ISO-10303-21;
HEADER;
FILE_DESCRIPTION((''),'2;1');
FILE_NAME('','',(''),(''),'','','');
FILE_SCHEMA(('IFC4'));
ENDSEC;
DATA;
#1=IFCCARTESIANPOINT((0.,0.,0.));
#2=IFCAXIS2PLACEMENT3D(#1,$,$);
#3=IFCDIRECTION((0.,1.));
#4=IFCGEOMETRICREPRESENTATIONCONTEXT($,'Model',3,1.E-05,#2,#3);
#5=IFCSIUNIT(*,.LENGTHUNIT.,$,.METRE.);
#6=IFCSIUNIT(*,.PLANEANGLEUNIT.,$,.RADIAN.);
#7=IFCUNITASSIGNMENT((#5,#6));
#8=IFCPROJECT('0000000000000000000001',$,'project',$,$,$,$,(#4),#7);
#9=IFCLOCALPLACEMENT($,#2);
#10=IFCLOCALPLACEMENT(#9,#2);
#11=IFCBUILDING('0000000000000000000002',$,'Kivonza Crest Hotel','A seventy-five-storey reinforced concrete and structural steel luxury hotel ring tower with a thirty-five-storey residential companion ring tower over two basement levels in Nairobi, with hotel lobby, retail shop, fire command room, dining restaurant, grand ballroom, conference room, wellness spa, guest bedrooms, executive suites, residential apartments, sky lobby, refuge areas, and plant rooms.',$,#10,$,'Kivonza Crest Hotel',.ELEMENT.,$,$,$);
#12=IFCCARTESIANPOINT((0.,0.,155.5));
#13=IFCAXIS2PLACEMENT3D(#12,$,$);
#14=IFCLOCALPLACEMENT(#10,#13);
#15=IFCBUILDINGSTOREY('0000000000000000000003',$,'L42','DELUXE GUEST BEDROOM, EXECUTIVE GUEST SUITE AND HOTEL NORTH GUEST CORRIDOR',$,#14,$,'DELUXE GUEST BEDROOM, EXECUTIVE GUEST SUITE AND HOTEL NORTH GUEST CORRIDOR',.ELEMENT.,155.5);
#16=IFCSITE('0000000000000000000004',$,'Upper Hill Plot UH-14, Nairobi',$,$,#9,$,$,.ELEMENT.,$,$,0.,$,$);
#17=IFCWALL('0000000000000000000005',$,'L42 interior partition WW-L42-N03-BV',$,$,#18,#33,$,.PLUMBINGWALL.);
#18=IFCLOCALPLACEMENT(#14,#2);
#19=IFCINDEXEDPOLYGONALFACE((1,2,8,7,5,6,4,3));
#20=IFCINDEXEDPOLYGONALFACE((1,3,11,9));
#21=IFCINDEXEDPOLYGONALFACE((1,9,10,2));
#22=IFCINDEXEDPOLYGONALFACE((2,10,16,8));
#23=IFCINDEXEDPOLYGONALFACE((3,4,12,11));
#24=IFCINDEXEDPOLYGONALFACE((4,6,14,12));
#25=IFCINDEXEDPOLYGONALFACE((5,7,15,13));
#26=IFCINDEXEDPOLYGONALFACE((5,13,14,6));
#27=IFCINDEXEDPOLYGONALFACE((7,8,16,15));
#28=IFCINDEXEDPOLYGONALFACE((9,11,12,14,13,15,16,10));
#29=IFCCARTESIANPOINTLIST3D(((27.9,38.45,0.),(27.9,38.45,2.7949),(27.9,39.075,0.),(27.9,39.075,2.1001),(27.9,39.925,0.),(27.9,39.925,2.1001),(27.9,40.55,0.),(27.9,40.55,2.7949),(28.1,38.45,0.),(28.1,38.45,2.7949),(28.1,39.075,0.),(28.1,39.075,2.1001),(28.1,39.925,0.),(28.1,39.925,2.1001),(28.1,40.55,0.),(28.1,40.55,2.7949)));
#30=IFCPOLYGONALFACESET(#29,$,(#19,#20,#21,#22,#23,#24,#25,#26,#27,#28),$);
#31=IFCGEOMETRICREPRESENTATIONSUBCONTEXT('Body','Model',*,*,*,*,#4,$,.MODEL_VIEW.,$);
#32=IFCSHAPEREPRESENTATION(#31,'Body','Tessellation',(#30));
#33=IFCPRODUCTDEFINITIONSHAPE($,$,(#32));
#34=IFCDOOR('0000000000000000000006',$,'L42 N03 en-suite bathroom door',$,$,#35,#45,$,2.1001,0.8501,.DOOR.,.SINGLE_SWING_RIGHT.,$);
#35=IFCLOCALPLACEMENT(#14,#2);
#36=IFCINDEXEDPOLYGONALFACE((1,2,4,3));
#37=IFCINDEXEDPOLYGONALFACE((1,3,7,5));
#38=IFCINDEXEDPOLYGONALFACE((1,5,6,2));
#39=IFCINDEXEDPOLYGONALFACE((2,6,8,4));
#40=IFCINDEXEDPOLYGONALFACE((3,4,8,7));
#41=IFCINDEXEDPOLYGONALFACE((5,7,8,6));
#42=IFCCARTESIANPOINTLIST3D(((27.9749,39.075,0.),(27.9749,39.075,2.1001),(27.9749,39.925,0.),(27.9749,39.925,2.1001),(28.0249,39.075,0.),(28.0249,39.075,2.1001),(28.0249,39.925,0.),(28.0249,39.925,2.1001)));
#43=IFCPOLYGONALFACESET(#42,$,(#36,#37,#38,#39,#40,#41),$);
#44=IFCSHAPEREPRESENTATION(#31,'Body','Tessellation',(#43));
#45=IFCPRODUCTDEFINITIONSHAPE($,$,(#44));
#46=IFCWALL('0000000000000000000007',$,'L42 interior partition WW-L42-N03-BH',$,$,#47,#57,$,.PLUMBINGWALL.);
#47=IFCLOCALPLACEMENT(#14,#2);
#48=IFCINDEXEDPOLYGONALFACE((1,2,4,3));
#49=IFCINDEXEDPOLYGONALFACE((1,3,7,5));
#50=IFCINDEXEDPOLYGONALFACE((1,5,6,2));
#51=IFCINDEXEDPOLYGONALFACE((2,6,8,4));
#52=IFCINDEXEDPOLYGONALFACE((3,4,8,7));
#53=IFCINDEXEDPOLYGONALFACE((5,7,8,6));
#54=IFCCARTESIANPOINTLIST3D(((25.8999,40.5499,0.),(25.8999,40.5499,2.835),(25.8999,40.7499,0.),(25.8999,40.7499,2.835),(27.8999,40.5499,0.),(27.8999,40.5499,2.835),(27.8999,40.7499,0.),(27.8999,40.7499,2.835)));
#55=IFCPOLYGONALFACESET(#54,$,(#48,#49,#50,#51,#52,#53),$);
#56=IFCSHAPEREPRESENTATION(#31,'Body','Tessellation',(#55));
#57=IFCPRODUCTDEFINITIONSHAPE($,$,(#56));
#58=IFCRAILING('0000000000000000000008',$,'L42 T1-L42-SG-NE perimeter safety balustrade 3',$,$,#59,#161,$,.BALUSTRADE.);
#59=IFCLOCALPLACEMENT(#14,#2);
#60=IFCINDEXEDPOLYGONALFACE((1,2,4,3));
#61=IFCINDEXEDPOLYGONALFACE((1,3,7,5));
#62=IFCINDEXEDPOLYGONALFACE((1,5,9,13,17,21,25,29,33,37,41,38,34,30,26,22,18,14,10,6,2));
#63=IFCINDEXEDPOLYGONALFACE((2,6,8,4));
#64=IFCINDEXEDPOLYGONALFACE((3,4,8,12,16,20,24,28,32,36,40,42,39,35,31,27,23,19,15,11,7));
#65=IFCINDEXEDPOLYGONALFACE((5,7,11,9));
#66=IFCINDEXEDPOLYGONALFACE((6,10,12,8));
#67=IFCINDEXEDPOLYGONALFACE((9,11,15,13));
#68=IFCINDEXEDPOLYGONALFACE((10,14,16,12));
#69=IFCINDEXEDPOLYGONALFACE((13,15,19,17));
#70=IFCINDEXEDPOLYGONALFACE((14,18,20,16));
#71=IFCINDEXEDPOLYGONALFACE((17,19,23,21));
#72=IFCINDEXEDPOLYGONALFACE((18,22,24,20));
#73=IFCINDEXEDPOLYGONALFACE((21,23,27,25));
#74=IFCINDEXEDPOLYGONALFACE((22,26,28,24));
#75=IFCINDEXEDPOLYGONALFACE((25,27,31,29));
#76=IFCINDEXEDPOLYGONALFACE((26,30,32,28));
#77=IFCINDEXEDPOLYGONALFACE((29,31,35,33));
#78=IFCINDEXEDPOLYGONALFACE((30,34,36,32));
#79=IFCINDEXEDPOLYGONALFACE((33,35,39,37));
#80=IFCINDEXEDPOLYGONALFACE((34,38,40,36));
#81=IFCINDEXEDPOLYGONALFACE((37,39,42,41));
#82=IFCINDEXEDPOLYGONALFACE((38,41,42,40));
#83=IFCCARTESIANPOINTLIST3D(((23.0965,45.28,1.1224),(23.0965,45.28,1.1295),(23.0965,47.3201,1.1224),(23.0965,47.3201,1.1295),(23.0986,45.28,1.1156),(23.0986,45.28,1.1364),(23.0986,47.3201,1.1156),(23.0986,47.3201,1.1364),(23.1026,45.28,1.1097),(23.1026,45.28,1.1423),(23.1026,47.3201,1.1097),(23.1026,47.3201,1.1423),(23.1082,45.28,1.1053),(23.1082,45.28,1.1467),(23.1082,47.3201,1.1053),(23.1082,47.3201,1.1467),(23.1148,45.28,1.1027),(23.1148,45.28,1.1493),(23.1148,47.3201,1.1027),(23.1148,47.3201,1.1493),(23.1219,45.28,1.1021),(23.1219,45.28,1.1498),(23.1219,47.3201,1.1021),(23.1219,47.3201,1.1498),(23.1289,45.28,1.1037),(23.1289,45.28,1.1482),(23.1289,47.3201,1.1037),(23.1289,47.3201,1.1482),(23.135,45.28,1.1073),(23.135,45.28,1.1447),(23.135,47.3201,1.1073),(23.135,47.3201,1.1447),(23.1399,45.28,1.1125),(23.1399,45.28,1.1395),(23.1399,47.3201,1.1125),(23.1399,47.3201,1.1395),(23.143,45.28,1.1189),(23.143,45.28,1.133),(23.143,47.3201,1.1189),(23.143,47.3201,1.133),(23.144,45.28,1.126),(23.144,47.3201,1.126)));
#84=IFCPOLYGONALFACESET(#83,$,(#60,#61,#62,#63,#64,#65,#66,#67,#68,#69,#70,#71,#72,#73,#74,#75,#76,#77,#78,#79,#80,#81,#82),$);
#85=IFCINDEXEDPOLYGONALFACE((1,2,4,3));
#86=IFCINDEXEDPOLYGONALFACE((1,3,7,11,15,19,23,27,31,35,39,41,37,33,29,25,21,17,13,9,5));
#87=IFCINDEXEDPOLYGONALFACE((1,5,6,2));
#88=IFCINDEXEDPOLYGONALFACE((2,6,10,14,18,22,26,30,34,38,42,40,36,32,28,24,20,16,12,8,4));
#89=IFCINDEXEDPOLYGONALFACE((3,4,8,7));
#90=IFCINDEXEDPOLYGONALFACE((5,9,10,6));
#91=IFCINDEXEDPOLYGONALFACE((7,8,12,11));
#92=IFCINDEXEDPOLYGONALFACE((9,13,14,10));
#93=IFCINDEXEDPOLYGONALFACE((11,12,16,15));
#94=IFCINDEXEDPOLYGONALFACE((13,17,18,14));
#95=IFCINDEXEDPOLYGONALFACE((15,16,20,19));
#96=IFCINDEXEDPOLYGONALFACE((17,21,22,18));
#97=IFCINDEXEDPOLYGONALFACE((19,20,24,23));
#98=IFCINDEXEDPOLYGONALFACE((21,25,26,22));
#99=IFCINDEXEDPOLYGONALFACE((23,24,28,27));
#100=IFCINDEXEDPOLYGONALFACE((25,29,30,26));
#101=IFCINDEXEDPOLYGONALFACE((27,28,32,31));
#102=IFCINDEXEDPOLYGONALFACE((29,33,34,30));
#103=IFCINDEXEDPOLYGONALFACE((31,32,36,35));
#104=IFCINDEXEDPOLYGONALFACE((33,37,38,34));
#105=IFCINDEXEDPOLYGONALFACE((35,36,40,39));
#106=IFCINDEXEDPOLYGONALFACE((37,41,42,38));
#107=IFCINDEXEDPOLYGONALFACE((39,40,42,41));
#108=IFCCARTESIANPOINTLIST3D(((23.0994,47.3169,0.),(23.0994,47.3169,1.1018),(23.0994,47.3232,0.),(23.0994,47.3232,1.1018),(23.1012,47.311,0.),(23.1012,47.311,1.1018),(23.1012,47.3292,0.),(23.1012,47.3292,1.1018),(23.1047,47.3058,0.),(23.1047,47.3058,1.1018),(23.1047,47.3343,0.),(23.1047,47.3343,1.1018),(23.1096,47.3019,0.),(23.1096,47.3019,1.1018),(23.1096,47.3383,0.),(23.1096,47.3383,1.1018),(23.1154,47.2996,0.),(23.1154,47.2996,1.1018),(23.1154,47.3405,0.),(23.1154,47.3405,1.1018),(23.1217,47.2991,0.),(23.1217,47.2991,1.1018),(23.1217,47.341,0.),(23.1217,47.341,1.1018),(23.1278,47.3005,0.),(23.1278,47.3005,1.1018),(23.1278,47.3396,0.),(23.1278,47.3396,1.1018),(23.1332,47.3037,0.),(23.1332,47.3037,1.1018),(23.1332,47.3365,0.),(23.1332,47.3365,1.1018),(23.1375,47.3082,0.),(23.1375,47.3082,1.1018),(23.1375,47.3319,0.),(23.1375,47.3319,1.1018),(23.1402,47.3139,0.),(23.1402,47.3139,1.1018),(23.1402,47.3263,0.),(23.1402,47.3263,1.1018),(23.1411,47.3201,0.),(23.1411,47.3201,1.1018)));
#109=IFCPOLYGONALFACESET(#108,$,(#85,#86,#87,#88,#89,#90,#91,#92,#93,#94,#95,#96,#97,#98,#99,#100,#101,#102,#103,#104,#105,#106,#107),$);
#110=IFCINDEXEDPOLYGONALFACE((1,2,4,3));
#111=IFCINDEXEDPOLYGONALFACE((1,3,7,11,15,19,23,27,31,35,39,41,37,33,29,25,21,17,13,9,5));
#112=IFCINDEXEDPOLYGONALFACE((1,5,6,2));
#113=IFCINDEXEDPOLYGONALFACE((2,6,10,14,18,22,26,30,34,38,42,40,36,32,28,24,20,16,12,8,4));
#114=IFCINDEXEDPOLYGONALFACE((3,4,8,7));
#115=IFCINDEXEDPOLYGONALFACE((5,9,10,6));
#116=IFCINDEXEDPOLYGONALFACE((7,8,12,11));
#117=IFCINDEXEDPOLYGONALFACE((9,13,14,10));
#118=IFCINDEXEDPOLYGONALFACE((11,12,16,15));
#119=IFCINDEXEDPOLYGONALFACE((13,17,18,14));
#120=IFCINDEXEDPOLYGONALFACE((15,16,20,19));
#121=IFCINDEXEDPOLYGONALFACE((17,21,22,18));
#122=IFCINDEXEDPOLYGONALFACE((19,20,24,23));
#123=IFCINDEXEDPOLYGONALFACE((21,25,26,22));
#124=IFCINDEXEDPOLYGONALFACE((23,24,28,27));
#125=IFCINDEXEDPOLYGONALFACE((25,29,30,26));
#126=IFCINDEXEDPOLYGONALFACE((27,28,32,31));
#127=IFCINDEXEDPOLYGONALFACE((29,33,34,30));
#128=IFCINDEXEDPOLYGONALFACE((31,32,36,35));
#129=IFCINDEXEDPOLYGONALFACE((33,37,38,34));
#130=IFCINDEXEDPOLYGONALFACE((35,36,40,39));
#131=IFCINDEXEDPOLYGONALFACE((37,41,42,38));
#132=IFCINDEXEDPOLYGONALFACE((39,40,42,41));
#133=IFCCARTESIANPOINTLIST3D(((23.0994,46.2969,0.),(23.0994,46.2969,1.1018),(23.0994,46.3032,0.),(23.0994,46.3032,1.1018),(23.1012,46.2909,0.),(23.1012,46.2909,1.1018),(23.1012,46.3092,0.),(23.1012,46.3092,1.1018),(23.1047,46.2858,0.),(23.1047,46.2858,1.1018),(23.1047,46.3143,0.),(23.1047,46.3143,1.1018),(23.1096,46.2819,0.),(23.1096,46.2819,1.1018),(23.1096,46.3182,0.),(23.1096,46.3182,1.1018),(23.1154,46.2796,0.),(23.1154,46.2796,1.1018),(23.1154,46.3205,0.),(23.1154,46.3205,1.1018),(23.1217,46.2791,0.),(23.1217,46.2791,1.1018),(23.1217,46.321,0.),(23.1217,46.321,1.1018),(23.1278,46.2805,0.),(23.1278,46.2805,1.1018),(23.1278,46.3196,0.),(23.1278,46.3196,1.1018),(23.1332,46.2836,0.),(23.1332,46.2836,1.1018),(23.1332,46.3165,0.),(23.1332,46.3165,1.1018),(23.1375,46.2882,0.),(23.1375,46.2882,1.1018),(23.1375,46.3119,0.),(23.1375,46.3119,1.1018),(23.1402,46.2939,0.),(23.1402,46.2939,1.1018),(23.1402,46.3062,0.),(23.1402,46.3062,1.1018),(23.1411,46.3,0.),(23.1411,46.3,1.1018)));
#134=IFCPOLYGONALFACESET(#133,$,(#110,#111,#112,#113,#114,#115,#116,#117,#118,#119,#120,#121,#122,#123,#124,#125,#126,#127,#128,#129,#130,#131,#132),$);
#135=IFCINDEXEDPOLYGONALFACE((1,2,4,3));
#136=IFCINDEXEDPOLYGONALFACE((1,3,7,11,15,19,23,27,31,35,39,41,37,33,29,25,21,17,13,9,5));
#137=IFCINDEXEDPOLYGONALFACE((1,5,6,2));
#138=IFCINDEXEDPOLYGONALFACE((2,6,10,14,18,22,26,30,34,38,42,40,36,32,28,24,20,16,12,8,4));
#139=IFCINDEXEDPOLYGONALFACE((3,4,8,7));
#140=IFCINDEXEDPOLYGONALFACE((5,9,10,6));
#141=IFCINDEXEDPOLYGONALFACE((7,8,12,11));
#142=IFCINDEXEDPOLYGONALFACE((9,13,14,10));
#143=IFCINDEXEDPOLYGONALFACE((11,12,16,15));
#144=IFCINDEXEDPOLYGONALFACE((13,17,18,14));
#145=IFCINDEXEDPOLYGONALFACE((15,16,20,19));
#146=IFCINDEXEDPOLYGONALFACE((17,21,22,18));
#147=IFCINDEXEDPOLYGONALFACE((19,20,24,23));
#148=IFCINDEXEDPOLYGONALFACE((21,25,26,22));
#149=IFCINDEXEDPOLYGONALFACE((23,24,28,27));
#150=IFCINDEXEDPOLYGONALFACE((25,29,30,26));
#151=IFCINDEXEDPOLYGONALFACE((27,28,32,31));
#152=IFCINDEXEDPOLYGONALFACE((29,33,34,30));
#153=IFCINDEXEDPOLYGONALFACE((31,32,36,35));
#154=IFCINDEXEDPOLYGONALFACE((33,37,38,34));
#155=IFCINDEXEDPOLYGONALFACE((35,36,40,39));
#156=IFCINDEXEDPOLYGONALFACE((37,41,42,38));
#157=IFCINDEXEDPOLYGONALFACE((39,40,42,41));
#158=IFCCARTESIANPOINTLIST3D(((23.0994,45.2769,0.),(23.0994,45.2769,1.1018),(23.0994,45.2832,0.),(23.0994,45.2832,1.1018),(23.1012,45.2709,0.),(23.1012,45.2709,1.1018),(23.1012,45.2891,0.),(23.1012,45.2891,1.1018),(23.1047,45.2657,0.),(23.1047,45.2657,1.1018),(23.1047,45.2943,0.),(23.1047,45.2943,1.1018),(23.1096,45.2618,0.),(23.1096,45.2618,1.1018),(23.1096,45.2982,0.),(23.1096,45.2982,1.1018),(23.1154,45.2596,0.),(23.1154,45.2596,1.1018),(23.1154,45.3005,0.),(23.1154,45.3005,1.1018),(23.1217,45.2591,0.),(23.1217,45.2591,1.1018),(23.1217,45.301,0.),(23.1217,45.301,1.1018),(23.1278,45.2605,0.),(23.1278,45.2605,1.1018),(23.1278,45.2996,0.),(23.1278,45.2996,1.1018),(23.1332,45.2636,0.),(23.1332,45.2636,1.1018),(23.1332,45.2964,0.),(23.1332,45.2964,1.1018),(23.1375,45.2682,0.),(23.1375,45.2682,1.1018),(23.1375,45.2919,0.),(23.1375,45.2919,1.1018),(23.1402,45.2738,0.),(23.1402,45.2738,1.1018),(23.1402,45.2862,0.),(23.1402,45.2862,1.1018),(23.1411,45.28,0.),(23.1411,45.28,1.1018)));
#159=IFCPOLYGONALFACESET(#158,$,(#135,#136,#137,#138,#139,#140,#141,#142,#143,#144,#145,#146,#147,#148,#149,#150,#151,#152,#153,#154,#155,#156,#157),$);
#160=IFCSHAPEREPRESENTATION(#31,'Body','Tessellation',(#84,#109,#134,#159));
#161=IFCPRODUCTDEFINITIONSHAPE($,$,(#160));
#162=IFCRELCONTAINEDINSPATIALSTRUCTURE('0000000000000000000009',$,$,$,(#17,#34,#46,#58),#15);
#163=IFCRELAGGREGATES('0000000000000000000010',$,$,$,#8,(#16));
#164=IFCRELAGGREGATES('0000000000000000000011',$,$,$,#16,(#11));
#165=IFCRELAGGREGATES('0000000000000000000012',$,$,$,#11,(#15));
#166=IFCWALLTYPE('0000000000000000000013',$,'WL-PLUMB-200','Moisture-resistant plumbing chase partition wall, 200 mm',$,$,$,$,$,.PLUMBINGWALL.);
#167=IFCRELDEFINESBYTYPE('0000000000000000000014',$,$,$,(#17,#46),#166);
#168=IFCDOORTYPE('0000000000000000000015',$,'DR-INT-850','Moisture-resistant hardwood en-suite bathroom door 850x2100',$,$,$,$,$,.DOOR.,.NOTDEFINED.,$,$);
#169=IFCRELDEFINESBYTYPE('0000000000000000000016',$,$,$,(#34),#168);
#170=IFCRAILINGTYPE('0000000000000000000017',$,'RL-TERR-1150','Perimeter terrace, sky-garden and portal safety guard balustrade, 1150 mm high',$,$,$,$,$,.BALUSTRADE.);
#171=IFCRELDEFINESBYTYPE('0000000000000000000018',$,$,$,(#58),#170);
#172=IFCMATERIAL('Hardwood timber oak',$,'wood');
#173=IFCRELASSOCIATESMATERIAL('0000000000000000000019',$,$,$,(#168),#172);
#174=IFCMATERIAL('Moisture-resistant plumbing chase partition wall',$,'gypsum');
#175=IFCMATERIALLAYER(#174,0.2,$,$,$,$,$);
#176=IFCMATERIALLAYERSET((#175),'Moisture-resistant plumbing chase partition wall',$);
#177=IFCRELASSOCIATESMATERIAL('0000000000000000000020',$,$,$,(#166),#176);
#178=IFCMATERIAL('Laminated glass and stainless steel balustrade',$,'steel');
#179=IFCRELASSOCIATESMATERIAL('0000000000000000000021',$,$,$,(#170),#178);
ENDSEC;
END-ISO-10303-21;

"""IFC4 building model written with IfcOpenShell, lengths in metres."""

from ifc_helpers import new_model, si_unit, direction, frame, frame_2d, origin, origin_2d, place, context, subcontext, project, spatial, rectangle, circle, extrude, material, layer, layer_set, type_object, element, fill, save


model = new_model("IFC4")

# Units and contexts
model_context = context("Model", 3, precision=1e-05, world=origin(), true_north=direction((0.0, 1.0)))
body_context = subcontext(model_context, "Body", "Model", "MODEL_VIEW")
ifc_project = project(units=[si_unit("LENGTHUNIT", "METRE"), si_unit("PLANEANGLEUNIT", "RADIAN")], contexts=[model_context])

# Site, building, storey
site_placement = place(None, origin())
site = spatial("IfcSite", under=ifc_project, at=site_placement, Name="Upper Hill Plot UH-14, Nairobi", CompositionType="ELEMENT", RefElevation=0.0)
building_placement = place(site_placement, origin())
building = spatial("IfcBuilding", under=site, at=building_placement, Name="Kivonza Crest Hotel", Description="A seventy-five-storey reinforced concrete and structural steel luxury hotel ring tower with a thirty-five-storey residential companion ring tower over two basement levels in Nairobi, with hotel lobby, retail shop, fire command room, dining restaurant, grand ballroom, conference room, wellness spa, guest bedrooms, executive suites, residential apartments, sky lobby, refuge areas, and plant rooms.", LongName="Kivonza Crest Hotel", CompositionType="ELEMENT")
storey_placement = place(building_placement, frame((0.0, 0.0, 155.5)))
storey = spatial("IfcBuildingStorey", under=building, at=storey_placement, Name="L42", Description="DELUXE GUEST BEDROOM, EXECUTIVE GUEST SUITE AND HOTEL NORTH GUEST CORRIDOR", LongName="DELUXE GUEST BEDROOM, EXECUTIVE GUEST SUITE AND HOTEL NORTH GUEST CORRIDOR", CompositionType="ELEMENT", Elevation=155.5)

# Shared definitions
ifc_material_1 = material(Name="Hardwood timber oak", Category="wood")

# Wall, opening, door
door_type_1 = type_object("IfcDoorType", Name="DR-INT-850", Description="Moisture-resistant hardwood en-suite bathroom door 850x2100", OperationType="NOTDEFINED", PredefinedType="DOOR", material=ifc_material_1)
ifc_material_2 = material(Name="Moisture-resistant plumbing chase partition wall", Category="gypsum")
ifc_layer_1 = layer(ifc_material_2, 0.2)
ifc_layer_set_1 = layer_set([ifc_layer_1], Name="Moisture-resistant plumbing chase partition wall")
wall_type_1 = type_object("IfcWallType", Name="WL-PLUMB-200", Description="Moisture-resistant plumbing chase partition wall, 200 mm", PredefinedType="PLUMBINGWALL", material=ifc_layer_set_1)
wall_1_placement = place(storey_placement, frame((28.0, 38.45, 0.0), z_axis=(0.0, 0.0, 1.0), x_axis=(0.0, 1.0, 0.0)))
wall_1 = element("IfcWall", 1, at=wall_1_placement, inside=storey, type_object=wall_type_1, Name="L42 interior partition WW-L42-N03-BV", PredefinedType="PLUMBINGWALL", context=body_context, shape_type="SweptSolid", body=[
    extrude(rectangle(XDim=2.1001, YDim=0.2, at=frame_2d((1.05, 0.0))), origin(), (0.0, 0.0, 1.0), 2.7949),
])
opening_1_placement = place(wall_1_placement, frame((0.625, 0.0, 0.0)))
opening_1 = element("IfcOpeningElement", 2, at=opening_1_placement, cuts=wall_1, PredefinedType="OPENING", context=body_context, shape_type="SweptSolid", body=[
    extrude(rectangle(XDim=0.8501, YDim=2.1001, at=frame_2d((0.425, 1.05))), frame((0.0, 0.1099, 0.0), z_axis=(0.0, -1.0, 0.0), x_axis=(1.0, 0.0, 0.0)), (0.0, 0.0, 1.0), 0.22),
])
door_1_placement = place(opening_1_placement, frame((0.8501, 0.0, 0.0), z_axis=(0.0, 0.0, 1.0), x_axis=(-1.0, 0.0, 0.0)))
door_1 = element("IfcDoor", 3, at=door_1_placement, inside=storey, type_object=door_type_1, Name="L42 N03 en-suite bathroom door", OperationType="SINGLE_SWING_RIGHT", OverallHeight=2.1001, OverallWidth=0.8501, PredefinedType="DOOR", context=body_context, shape_type="SweptSolid", body=[
    extrude(rectangle(XDim=0.8501, YDim=2.1001, at=frame_2d((0.425, 1.05))), frame((0.0, 0.0249, 0.0), z_axis=(0.0, -1.0, 0.0), x_axis=(1.0, 0.0, 0.0)), (0.0, 0.0, 1.0), 0.05),
])
fill(opening_1, door_1)

# Wall
wall_2_placement = place(storey_placement, frame((25.8999, 40.6499, 0.0), z_axis=(0.0, 0.0, 1.0), x_axis=(1.0, 0.0, 0.0)))
element("IfcWall", 4, at=wall_2_placement, inside=storey, type_object=wall_type_1, Name="L42 interior partition WW-L42-N03-BH", PredefinedType="PLUMBINGWALL", context=body_context, shape_type="SweptSolid", body=[
    extrude(rectangle(XDim=2.0, YDim=0.2, at=frame_2d((1.0, 0.0))), origin(), (0.0, 0.0, 1.0), 2.835),
])

# Railing
ifc_material_3 = material(Name="Laminated glass and stainless steel balustrade", Category="steel")
railing_type = type_object("IfcRailingType", Name="RL-TERR-1150", Description="Perimeter terrace, sky-garden and portal safety guard balustrade, 1150 mm high", PredefinedType="BALUSTRADE", material=ifc_material_3)
railing_placement = place(storey_placement, frame((23.1201, 47.3201, 0.0)))
element("IfcRailing", 5, at=railing_placement, inside=storey, type_object=railing_type, Name="L42 T1-L42-SG-NE perimeter safety balustrade 3", PredefinedType="BALUSTRADE", context=body_context, shape_type="SweptSolid", body=[
    extrude(circle(Radius=0.0239, at=origin_2d()), frame((0.0, 0.0, 1.126), z_axis=(0.0, -1.0, 0.0), x_axis=(1.0, 0.0, 0.0)), (0.0, 0.0, 1.0), 2.04),
    extrude(circle(Radius=0.021, at=origin_2d()), origin(), (0.0, 0.0, 1.0), 1.1018),
    extrude(circle(Radius=0.021, at=origin_2d()), frame((0.0, -1.02, 0.0)), (0.0, 0.0, 1.0), 1.1018),
    extrude(circle(Radius=0.021, at=origin_2d()), frame((0.0, -2.04, 0.0)), (0.0, 0.0, 1.0), 1.1018),
])

save(model, "model.ifc")
